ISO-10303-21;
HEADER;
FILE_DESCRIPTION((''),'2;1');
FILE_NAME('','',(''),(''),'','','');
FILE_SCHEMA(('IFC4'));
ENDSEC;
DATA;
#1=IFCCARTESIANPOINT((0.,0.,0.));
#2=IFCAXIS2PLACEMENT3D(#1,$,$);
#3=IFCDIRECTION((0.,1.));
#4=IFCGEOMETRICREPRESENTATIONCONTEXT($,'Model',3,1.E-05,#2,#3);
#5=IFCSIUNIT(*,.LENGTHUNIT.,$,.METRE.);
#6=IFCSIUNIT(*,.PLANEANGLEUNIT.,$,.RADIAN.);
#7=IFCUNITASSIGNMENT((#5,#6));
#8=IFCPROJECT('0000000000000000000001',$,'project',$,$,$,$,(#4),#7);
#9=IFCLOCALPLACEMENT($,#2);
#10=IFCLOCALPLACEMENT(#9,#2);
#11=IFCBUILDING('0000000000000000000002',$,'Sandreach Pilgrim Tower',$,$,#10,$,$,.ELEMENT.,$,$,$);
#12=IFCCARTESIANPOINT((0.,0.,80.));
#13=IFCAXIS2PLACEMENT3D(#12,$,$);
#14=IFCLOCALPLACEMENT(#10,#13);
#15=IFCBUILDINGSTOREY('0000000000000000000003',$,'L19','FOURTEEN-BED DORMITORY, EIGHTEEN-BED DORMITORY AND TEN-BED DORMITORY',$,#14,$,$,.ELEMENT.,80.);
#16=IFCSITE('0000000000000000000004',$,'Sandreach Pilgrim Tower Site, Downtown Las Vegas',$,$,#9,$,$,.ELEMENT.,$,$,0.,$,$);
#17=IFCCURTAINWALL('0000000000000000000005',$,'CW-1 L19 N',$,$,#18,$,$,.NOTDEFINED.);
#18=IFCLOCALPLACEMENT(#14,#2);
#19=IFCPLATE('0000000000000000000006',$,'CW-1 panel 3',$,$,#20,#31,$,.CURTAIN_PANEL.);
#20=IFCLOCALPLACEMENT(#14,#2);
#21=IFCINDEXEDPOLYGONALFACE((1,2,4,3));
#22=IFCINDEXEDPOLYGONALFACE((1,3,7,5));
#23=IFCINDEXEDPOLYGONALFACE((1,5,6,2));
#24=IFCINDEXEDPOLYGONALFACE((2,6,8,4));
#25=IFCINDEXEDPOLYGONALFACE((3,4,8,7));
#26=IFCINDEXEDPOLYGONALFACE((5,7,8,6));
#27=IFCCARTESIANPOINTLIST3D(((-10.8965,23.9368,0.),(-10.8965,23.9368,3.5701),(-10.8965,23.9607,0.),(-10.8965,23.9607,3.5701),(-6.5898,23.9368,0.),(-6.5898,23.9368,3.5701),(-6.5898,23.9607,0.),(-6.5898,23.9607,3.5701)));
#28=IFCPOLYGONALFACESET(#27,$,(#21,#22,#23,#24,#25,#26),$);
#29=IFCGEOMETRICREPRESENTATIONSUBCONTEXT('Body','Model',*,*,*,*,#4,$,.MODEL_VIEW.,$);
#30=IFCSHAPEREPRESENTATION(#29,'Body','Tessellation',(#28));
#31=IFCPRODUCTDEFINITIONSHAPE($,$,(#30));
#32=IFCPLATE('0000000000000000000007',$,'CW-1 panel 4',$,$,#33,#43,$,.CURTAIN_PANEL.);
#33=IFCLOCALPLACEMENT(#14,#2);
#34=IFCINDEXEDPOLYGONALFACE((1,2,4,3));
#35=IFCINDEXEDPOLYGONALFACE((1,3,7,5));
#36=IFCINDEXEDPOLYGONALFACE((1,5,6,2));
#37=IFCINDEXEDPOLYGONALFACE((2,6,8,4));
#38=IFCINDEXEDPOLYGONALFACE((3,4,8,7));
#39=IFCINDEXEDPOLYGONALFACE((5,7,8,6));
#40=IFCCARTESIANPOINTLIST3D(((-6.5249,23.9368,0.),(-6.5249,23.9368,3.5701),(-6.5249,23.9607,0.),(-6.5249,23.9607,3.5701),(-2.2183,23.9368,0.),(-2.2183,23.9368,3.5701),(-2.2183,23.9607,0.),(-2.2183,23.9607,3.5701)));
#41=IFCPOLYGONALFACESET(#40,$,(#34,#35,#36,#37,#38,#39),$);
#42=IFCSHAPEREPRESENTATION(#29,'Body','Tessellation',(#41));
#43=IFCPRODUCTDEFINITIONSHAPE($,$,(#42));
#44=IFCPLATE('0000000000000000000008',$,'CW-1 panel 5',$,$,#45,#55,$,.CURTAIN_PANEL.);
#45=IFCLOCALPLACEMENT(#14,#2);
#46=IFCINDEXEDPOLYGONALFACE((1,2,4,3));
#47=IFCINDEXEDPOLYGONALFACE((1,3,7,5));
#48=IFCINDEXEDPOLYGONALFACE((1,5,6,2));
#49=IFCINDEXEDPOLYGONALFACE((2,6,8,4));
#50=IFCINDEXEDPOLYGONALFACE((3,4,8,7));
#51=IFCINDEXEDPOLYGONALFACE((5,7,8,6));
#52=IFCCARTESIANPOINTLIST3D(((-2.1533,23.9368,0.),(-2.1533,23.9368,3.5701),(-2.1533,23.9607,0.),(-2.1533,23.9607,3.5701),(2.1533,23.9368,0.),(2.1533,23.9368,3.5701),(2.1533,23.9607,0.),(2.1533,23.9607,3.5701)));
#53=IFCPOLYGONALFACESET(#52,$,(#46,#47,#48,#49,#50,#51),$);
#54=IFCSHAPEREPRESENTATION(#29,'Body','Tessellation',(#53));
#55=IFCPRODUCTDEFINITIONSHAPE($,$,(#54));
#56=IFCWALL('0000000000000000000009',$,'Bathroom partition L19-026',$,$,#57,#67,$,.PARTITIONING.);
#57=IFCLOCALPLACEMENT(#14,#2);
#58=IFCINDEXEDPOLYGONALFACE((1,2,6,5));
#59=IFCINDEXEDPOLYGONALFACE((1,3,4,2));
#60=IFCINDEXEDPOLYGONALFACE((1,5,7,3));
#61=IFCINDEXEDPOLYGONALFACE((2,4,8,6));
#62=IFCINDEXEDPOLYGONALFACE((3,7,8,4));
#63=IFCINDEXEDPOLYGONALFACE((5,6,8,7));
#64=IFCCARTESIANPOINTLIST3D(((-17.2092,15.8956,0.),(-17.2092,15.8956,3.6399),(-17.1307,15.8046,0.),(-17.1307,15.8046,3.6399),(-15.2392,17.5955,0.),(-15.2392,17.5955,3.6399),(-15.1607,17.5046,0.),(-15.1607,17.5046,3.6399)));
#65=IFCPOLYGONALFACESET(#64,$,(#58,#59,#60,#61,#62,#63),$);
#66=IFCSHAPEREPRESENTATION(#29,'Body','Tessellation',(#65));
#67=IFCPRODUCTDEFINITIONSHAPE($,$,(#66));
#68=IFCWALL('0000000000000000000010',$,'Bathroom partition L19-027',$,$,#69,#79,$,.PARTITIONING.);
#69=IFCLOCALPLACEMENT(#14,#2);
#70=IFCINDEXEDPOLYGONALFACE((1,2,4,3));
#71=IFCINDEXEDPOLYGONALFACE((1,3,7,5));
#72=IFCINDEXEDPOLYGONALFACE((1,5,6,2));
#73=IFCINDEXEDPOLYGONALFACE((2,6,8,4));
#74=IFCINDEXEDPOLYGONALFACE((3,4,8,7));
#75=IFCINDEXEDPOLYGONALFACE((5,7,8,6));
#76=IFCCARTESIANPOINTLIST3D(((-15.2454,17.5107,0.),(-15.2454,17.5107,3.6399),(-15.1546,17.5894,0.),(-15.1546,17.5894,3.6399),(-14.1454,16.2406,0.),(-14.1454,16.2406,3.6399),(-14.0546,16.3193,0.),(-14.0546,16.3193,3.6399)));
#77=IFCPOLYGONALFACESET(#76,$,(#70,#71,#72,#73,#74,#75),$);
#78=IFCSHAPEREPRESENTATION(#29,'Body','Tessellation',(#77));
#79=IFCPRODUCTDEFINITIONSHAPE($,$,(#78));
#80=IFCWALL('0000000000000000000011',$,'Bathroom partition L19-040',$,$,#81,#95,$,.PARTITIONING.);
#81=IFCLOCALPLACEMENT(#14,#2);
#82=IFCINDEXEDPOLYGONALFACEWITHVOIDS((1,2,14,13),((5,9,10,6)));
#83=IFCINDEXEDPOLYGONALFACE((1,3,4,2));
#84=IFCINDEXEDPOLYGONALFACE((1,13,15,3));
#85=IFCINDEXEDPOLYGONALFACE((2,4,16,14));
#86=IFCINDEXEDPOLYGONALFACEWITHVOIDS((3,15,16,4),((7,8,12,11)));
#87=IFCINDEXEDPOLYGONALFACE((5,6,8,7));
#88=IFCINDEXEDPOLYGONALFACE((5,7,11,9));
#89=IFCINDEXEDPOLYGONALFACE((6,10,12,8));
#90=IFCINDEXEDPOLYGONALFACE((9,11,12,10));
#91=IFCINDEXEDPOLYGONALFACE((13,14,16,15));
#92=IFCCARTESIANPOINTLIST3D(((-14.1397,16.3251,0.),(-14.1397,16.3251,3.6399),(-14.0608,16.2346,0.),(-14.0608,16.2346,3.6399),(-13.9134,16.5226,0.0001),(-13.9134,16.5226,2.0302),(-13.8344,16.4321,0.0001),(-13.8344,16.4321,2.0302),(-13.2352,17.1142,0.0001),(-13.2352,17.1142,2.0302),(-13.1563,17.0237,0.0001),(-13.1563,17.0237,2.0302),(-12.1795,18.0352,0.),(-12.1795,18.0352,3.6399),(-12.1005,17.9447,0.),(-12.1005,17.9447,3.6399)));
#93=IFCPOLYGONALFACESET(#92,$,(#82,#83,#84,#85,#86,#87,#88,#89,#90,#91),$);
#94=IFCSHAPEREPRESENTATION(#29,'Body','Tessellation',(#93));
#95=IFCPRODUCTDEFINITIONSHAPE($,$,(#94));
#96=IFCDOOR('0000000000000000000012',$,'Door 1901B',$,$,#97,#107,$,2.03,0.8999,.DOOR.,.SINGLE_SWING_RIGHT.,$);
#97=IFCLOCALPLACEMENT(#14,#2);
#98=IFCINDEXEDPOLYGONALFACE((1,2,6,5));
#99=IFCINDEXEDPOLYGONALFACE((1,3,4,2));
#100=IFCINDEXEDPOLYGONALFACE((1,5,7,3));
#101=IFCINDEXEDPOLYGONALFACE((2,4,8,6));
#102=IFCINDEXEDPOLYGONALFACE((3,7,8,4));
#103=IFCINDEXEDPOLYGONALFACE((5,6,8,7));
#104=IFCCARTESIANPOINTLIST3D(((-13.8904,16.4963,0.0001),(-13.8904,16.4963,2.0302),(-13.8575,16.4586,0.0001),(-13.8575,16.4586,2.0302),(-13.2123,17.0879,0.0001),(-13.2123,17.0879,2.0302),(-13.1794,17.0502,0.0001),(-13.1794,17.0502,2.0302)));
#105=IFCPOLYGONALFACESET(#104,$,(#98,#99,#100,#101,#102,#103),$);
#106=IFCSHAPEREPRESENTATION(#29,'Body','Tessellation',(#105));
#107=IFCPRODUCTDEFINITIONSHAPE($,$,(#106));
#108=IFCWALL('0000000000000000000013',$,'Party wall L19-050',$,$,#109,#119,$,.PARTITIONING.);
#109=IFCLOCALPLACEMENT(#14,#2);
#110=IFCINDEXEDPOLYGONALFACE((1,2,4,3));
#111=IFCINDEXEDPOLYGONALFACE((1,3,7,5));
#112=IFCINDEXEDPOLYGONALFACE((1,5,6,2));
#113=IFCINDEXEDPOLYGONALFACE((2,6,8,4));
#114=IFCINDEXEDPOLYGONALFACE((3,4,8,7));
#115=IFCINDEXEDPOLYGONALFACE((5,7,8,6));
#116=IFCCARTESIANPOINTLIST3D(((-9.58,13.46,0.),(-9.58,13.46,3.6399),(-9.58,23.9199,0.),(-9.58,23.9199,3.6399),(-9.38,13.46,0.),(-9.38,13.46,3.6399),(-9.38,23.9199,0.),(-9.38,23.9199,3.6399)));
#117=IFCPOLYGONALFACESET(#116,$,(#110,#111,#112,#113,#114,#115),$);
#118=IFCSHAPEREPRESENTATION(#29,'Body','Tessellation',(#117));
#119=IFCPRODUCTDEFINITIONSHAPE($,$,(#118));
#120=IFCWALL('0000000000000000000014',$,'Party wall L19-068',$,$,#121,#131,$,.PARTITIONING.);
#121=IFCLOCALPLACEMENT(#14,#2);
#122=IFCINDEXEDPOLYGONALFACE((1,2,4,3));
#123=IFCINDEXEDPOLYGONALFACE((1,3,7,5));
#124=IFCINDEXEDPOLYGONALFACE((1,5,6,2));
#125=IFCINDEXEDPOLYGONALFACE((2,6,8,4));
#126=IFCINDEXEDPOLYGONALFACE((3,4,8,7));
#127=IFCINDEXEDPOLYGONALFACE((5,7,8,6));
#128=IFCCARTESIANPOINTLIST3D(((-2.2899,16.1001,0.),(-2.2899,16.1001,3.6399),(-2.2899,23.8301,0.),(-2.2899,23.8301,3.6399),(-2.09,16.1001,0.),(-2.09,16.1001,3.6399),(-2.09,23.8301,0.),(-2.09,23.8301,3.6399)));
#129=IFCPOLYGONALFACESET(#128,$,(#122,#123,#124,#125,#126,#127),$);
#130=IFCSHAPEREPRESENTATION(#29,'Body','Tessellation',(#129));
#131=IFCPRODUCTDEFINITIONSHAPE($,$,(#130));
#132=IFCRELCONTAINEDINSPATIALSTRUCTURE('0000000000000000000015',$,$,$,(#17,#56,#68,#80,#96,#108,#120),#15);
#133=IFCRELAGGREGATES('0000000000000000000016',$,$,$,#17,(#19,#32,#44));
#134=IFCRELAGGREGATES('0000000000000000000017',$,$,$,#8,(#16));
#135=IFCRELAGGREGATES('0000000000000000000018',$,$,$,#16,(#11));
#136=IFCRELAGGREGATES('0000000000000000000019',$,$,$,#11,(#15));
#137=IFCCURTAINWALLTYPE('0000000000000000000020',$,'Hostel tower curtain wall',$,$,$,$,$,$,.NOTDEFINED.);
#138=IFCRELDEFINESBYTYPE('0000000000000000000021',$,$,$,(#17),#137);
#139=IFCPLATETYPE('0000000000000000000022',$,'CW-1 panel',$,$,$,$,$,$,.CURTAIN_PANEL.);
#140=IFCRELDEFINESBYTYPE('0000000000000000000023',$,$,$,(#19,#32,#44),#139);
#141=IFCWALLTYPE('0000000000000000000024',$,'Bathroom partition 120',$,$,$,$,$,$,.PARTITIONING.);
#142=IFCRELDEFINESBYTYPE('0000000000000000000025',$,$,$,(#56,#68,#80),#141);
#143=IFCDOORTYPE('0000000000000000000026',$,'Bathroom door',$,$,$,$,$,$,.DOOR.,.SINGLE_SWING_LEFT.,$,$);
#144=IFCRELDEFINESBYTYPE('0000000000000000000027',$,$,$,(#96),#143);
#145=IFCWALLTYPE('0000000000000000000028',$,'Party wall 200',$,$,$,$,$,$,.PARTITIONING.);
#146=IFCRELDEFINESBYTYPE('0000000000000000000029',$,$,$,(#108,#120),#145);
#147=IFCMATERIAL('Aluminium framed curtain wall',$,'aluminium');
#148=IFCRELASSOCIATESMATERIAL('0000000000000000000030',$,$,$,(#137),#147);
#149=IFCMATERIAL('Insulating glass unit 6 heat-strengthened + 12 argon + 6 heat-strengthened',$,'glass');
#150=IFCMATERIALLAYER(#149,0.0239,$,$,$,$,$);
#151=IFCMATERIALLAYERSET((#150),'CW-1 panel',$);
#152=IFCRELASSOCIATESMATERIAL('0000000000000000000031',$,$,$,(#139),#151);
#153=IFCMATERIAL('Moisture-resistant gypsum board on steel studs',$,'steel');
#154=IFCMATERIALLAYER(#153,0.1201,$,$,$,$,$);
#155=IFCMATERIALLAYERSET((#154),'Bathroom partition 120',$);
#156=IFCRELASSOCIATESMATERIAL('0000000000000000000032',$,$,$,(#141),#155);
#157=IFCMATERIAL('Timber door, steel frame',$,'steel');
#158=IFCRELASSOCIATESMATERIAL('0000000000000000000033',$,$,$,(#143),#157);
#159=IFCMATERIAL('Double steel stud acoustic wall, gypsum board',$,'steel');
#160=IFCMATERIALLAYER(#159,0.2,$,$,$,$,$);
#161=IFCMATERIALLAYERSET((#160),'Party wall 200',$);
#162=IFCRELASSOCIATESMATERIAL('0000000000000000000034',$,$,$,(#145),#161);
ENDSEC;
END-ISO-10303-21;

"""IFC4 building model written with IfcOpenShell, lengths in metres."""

from ifc_helpers import new_model, si_unit, direction, frame, frame_2d, origin, origin_2d, place, context, subcontext, project, spatial, rectangle, extrude, material, layer, layer_set, type_object, element, fill, aggregate, save


model = new_model("IFC4")

# Units and contexts
model_context = context("Model", 3, precision=1e-05, world=origin(), true_north=direction((0.0, 1.0)))
body_context = subcontext(model_context, "Body", "Model", "MODEL_VIEW")
ifc_project = project(units=[si_unit("LENGTHUNIT", "METRE"), si_unit("PLANEANGLEUNIT", "RADIAN")], contexts=[model_context])

# Site, building, storey
site_placement = place(None, origin())
site = spatial("IfcSite", under=ifc_project, at=site_placement, Name="Sandreach Pilgrim Tower Site, Downtown Las Vegas", CompositionType="ELEMENT", RefElevation=0.0)
building_placement = place(site_placement, origin())
building = spatial("IfcBuilding", under=site, at=building_placement, Name="Sandreach Pilgrim Tower", CompositionType="ELEMENT")
storey_placement = place(building_placement, frame((0.0, 0.0, 80.0)))
storey = spatial("IfcBuildingStorey", under=building, at=storey_placement, Name="L19", Description="FOURTEEN-BED DORMITORY, EIGHTEEN-BED DORMITORY AND TEN-BED DORMITORY", CompositionType="ELEMENT", Elevation=80.0)

# Curtain wall
ifc_material_1 = material(Name="Aluminium framed curtain wall", Category="aluminium")
curtain_wall_type = type_object("IfcCurtainWallType", Name="Hostel tower curtain wall", PredefinedType="NOTDEFINED", material=ifc_material_1)
curtain_wall_placement = place(storey_placement, origin())
curtain_wall = element("IfcCurtainWall", 1, at=curtain_wall_placement, inside=storey, type_object=curtain_wall_type, Name="CW-1 L19 N", PredefinedType="NOTDEFINED")

# Plates
ifc_material_2 = material(Name="Insulating glass unit 6 heat-strengthened + 12 argon + 6 heat-strengthened", Category="glass")
ifc_layer_1 = layer(ifc_material_2, 0.0239)
ifc_layer_set_1 = layer_set([ifc_layer_1], Name="CW-1 panel")
plate_type = type_object("IfcPlateType", Name="CW-1 panel", PredefinedType="CURTAIN_PANEL", material=ifc_layer_set_1)
plate_1_placement = place(storey_placement, frame((-8.7432, 23.9487, 0.0), z_axis=(0.0, 0.0, 1.0), x_axis=(1.0, 0.0, 0.0)))
plate_1 = element("IfcPlate", 2, at=plate_1_placement, type_object=plate_type, Name="CW-1 panel 3", PredefinedType="CURTAIN_PANEL", context=body_context, shape_type="SweptSolid", body=[
    extrude(rectangle(XDim=4.3066, YDim=0.0239, at=origin_2d()), origin(), (0.0, 0.0, 1.0), 3.5701),
])
plate_2_placement = place(storey_placement, frame((-4.3716, 23.9487, 0.0), z_axis=(0.0, 0.0, 1.0), x_axis=(1.0, 0.0, 0.0)))
plate_2 = element("IfcPlate", 3, at=plate_2_placement, type_object=plate_type, Name="CW-1 panel 4", PredefinedType="CURTAIN_PANEL", context=body_context, shape_type="SweptSolid", body=[
    extrude(rectangle(XDim=4.3066, YDim=0.0239, at=origin_2d()), origin(), (0.0, 0.0, 1.0), 3.5701),
])
plate_3_placement = place(storey_placement, frame((0.0, 23.9487, 0.0), z_axis=(0.0, 0.0, 1.0), x_axis=(1.0, 0.0, 0.0)))
plate_3 = element("IfcPlate", 4, at=plate_3_placement, type_object=plate_type, Name="CW-1 panel 5", PredefinedType="CURTAIN_PANEL", context=body_context, shape_type="SweptSolid", body=[
    extrude(rectangle(XDim=4.3066, YDim=0.0239, at=origin_2d()), origin(), (0.0, 0.0, 1.0), 3.5701),
])
aggregate(curtain_wall, [plate_1, plate_2, plate_3])

# Walls
ifc_material_3 = material(Name="Moisture-resistant gypsum board on steel studs", Category="steel")
ifc_layer_2 = layer(ifc_material_3, 0.1201)
ifc_layer_set_2 = layer_set([ifc_layer_2], Name="Bathroom partition 120")
wall_type_1 = type_object("IfcWallType", Name="Bathroom partition 120", PredefinedType="PARTITIONING", material=ifc_layer_set_2)
wall_1_placement = place(storey_placement, frame((-15.2, 17.55, 0.0), z_axis=(0.0, 0.0, 1.0), x_axis=(-0.757087, -0.653314, 0.0)))
element("IfcWall", 5, at=wall_1_placement, inside=storey, type_object=wall_type_1, Name="Bathroom partition L19-026", PredefinedType="PARTITIONING", context=body_context, shape_type="SweptSolid", body=[
    extrude(rectangle(XDim=2.6021, YDim=0.1201, at=frame_2d((1.301, 0.0))), origin(), (0.0, 0.0, 1.0), 3.6399),
])
wall_2_placement = place(storey_placement, frame((-15.2, 17.55, 0.0), z_axis=(0.0, 0.0, 1.0), x_axis=(0.654648, -0.755934, 0.0)))
element("IfcWall", 6, at=wall_2_placement, inside=storey, type_object=wall_type_1, Name="Bathroom partition L19-027", PredefinedType="PARTITIONING", context=body_context, shape_type="SweptSolid", body=[
    extrude(rectangle(XDim=1.6802, YDim=0.1201, at=frame_2d((0.8401, 0.0))), origin(), (0.0, 0.0, 1.0), 3.6399),
])

# Wall, opening, door
wall_3_placement = place(storey_placement, frame((-12.1399, 17.99, 0.0), z_axis=(0.0, 0.0, 1.0), x_axis=(-0.75357, -0.657368, 0.0)))
wall_3 = element("IfcWall", 7, at=wall_3_placement, inside=storey, type_object=wall_type_1, Name="Bathroom partition L19-040", PredefinedType="PARTITIONING", context=body_context, shape_type="SweptSolid", body=[
    extrude(rectangle(XDim=2.6013, YDim=0.1201, at=frame_2d((1.3008, 0.0))), origin(), (0.0, 0.0, 1.0), 3.6399),
])
opening_placement = place(wall_3_placement, frame((1.4011, 0.0, 0.0)))
opening = element("IfcOpeningElement", 8, at=opening_placement, cuts=wall_3, PredefinedType="OPENING", context=body_context, shape_type="SweptSolid", body=[
    extrude(rectangle(XDim=0.8999, YDim=2.03, at=frame_2d((0.45, 1.0151))), frame((0.0, 0.0601, 0.0), z_axis=(0.0, -1.0, 0.0), x_axis=(1.0, 0.0, 0.0)), (0.0, 0.0, 1.0), 0.1201),
])
ifc_material_4 = material(Name="Timber door, steel frame", Category="steel")
door_type = type_object("IfcDoorType", Name="Bathroom door", OperationType="SINGLE_SWING_LEFT", PredefinedType="DOOR", material=ifc_material_4)
door_placement = place(opening_placement, origin())
door = element("IfcDoor", 9, at=door_placement, inside=storey, type_object=door_type, Name="Door 1901B", OperationType="SINGLE_SWING_RIGHT", OverallHeight=2.03, OverallWidth=0.8999, PredefinedType="DOOR", context=body_context, shape_type="SweptSolid", body=[
    extrude(rectangle(XDim=0.8999, YDim=2.03, at=frame_2d((0.45, 1.0151))), frame((0.0, 0.0249, 0.0), z_axis=(0.0, -1.0, 0.0), x_axis=(1.0, 0.0, 0.0)), (0.0, 0.0, 1.0), 0.05),
])
fill(opening, door)

# Walls
ifc_material_5 = material(Name="Double steel stud acoustic wall, gypsum board", Category="steel")
ifc_layer_3 = layer(ifc_material_5, 0.2)
ifc_layer_set_3 = layer_set([ifc_layer_3], Name="Party wall 200")
wall_type_2 = type_object("IfcWallType", Name="Party wall 200", PredefinedType="PARTITIONING", material=ifc_layer_set_3)
wall_4_placement = place(storey_placement, frame((-9.48, 23.9199, 0.0), z_axis=(0.0, 0.0, 1.0), x_axis=(0.0, -1.0, 0.0)))
element("IfcWall", 10, at=wall_4_placement, inside=storey, type_object=wall_type_2, Name="Party wall L19-050", PredefinedType="PARTITIONING", context=body_context, shape_type="SweptSolid", body=[
    extrude(rectangle(XDim=10.46, YDim=0.2, at=frame_2d((5.23, 0.0))), origin(), (0.0, 0.0, 1.0), 3.6399),
])
wall_5_placement = place(storey_placement, frame((-2.1899, 23.8301, 0.0), z_axis=(0.0, 0.0, 1.0), x_axis=(0.0, -1.0, 0.0)))
element("IfcWall", 11, at=wall_5_placement, inside=storey, type_object=wall_type_2, Name="Party wall L19-068", PredefinedType="PARTITIONING", context=body_context, shape_type="SweptSolid", body=[
    extrude(rectangle(XDim=7.73, YDim=0.2, at=frame_2d((3.865, 0.0))), origin(), (0.0, 0.0, 1.0), 3.6399),
])

save(model, "model.ifc")
